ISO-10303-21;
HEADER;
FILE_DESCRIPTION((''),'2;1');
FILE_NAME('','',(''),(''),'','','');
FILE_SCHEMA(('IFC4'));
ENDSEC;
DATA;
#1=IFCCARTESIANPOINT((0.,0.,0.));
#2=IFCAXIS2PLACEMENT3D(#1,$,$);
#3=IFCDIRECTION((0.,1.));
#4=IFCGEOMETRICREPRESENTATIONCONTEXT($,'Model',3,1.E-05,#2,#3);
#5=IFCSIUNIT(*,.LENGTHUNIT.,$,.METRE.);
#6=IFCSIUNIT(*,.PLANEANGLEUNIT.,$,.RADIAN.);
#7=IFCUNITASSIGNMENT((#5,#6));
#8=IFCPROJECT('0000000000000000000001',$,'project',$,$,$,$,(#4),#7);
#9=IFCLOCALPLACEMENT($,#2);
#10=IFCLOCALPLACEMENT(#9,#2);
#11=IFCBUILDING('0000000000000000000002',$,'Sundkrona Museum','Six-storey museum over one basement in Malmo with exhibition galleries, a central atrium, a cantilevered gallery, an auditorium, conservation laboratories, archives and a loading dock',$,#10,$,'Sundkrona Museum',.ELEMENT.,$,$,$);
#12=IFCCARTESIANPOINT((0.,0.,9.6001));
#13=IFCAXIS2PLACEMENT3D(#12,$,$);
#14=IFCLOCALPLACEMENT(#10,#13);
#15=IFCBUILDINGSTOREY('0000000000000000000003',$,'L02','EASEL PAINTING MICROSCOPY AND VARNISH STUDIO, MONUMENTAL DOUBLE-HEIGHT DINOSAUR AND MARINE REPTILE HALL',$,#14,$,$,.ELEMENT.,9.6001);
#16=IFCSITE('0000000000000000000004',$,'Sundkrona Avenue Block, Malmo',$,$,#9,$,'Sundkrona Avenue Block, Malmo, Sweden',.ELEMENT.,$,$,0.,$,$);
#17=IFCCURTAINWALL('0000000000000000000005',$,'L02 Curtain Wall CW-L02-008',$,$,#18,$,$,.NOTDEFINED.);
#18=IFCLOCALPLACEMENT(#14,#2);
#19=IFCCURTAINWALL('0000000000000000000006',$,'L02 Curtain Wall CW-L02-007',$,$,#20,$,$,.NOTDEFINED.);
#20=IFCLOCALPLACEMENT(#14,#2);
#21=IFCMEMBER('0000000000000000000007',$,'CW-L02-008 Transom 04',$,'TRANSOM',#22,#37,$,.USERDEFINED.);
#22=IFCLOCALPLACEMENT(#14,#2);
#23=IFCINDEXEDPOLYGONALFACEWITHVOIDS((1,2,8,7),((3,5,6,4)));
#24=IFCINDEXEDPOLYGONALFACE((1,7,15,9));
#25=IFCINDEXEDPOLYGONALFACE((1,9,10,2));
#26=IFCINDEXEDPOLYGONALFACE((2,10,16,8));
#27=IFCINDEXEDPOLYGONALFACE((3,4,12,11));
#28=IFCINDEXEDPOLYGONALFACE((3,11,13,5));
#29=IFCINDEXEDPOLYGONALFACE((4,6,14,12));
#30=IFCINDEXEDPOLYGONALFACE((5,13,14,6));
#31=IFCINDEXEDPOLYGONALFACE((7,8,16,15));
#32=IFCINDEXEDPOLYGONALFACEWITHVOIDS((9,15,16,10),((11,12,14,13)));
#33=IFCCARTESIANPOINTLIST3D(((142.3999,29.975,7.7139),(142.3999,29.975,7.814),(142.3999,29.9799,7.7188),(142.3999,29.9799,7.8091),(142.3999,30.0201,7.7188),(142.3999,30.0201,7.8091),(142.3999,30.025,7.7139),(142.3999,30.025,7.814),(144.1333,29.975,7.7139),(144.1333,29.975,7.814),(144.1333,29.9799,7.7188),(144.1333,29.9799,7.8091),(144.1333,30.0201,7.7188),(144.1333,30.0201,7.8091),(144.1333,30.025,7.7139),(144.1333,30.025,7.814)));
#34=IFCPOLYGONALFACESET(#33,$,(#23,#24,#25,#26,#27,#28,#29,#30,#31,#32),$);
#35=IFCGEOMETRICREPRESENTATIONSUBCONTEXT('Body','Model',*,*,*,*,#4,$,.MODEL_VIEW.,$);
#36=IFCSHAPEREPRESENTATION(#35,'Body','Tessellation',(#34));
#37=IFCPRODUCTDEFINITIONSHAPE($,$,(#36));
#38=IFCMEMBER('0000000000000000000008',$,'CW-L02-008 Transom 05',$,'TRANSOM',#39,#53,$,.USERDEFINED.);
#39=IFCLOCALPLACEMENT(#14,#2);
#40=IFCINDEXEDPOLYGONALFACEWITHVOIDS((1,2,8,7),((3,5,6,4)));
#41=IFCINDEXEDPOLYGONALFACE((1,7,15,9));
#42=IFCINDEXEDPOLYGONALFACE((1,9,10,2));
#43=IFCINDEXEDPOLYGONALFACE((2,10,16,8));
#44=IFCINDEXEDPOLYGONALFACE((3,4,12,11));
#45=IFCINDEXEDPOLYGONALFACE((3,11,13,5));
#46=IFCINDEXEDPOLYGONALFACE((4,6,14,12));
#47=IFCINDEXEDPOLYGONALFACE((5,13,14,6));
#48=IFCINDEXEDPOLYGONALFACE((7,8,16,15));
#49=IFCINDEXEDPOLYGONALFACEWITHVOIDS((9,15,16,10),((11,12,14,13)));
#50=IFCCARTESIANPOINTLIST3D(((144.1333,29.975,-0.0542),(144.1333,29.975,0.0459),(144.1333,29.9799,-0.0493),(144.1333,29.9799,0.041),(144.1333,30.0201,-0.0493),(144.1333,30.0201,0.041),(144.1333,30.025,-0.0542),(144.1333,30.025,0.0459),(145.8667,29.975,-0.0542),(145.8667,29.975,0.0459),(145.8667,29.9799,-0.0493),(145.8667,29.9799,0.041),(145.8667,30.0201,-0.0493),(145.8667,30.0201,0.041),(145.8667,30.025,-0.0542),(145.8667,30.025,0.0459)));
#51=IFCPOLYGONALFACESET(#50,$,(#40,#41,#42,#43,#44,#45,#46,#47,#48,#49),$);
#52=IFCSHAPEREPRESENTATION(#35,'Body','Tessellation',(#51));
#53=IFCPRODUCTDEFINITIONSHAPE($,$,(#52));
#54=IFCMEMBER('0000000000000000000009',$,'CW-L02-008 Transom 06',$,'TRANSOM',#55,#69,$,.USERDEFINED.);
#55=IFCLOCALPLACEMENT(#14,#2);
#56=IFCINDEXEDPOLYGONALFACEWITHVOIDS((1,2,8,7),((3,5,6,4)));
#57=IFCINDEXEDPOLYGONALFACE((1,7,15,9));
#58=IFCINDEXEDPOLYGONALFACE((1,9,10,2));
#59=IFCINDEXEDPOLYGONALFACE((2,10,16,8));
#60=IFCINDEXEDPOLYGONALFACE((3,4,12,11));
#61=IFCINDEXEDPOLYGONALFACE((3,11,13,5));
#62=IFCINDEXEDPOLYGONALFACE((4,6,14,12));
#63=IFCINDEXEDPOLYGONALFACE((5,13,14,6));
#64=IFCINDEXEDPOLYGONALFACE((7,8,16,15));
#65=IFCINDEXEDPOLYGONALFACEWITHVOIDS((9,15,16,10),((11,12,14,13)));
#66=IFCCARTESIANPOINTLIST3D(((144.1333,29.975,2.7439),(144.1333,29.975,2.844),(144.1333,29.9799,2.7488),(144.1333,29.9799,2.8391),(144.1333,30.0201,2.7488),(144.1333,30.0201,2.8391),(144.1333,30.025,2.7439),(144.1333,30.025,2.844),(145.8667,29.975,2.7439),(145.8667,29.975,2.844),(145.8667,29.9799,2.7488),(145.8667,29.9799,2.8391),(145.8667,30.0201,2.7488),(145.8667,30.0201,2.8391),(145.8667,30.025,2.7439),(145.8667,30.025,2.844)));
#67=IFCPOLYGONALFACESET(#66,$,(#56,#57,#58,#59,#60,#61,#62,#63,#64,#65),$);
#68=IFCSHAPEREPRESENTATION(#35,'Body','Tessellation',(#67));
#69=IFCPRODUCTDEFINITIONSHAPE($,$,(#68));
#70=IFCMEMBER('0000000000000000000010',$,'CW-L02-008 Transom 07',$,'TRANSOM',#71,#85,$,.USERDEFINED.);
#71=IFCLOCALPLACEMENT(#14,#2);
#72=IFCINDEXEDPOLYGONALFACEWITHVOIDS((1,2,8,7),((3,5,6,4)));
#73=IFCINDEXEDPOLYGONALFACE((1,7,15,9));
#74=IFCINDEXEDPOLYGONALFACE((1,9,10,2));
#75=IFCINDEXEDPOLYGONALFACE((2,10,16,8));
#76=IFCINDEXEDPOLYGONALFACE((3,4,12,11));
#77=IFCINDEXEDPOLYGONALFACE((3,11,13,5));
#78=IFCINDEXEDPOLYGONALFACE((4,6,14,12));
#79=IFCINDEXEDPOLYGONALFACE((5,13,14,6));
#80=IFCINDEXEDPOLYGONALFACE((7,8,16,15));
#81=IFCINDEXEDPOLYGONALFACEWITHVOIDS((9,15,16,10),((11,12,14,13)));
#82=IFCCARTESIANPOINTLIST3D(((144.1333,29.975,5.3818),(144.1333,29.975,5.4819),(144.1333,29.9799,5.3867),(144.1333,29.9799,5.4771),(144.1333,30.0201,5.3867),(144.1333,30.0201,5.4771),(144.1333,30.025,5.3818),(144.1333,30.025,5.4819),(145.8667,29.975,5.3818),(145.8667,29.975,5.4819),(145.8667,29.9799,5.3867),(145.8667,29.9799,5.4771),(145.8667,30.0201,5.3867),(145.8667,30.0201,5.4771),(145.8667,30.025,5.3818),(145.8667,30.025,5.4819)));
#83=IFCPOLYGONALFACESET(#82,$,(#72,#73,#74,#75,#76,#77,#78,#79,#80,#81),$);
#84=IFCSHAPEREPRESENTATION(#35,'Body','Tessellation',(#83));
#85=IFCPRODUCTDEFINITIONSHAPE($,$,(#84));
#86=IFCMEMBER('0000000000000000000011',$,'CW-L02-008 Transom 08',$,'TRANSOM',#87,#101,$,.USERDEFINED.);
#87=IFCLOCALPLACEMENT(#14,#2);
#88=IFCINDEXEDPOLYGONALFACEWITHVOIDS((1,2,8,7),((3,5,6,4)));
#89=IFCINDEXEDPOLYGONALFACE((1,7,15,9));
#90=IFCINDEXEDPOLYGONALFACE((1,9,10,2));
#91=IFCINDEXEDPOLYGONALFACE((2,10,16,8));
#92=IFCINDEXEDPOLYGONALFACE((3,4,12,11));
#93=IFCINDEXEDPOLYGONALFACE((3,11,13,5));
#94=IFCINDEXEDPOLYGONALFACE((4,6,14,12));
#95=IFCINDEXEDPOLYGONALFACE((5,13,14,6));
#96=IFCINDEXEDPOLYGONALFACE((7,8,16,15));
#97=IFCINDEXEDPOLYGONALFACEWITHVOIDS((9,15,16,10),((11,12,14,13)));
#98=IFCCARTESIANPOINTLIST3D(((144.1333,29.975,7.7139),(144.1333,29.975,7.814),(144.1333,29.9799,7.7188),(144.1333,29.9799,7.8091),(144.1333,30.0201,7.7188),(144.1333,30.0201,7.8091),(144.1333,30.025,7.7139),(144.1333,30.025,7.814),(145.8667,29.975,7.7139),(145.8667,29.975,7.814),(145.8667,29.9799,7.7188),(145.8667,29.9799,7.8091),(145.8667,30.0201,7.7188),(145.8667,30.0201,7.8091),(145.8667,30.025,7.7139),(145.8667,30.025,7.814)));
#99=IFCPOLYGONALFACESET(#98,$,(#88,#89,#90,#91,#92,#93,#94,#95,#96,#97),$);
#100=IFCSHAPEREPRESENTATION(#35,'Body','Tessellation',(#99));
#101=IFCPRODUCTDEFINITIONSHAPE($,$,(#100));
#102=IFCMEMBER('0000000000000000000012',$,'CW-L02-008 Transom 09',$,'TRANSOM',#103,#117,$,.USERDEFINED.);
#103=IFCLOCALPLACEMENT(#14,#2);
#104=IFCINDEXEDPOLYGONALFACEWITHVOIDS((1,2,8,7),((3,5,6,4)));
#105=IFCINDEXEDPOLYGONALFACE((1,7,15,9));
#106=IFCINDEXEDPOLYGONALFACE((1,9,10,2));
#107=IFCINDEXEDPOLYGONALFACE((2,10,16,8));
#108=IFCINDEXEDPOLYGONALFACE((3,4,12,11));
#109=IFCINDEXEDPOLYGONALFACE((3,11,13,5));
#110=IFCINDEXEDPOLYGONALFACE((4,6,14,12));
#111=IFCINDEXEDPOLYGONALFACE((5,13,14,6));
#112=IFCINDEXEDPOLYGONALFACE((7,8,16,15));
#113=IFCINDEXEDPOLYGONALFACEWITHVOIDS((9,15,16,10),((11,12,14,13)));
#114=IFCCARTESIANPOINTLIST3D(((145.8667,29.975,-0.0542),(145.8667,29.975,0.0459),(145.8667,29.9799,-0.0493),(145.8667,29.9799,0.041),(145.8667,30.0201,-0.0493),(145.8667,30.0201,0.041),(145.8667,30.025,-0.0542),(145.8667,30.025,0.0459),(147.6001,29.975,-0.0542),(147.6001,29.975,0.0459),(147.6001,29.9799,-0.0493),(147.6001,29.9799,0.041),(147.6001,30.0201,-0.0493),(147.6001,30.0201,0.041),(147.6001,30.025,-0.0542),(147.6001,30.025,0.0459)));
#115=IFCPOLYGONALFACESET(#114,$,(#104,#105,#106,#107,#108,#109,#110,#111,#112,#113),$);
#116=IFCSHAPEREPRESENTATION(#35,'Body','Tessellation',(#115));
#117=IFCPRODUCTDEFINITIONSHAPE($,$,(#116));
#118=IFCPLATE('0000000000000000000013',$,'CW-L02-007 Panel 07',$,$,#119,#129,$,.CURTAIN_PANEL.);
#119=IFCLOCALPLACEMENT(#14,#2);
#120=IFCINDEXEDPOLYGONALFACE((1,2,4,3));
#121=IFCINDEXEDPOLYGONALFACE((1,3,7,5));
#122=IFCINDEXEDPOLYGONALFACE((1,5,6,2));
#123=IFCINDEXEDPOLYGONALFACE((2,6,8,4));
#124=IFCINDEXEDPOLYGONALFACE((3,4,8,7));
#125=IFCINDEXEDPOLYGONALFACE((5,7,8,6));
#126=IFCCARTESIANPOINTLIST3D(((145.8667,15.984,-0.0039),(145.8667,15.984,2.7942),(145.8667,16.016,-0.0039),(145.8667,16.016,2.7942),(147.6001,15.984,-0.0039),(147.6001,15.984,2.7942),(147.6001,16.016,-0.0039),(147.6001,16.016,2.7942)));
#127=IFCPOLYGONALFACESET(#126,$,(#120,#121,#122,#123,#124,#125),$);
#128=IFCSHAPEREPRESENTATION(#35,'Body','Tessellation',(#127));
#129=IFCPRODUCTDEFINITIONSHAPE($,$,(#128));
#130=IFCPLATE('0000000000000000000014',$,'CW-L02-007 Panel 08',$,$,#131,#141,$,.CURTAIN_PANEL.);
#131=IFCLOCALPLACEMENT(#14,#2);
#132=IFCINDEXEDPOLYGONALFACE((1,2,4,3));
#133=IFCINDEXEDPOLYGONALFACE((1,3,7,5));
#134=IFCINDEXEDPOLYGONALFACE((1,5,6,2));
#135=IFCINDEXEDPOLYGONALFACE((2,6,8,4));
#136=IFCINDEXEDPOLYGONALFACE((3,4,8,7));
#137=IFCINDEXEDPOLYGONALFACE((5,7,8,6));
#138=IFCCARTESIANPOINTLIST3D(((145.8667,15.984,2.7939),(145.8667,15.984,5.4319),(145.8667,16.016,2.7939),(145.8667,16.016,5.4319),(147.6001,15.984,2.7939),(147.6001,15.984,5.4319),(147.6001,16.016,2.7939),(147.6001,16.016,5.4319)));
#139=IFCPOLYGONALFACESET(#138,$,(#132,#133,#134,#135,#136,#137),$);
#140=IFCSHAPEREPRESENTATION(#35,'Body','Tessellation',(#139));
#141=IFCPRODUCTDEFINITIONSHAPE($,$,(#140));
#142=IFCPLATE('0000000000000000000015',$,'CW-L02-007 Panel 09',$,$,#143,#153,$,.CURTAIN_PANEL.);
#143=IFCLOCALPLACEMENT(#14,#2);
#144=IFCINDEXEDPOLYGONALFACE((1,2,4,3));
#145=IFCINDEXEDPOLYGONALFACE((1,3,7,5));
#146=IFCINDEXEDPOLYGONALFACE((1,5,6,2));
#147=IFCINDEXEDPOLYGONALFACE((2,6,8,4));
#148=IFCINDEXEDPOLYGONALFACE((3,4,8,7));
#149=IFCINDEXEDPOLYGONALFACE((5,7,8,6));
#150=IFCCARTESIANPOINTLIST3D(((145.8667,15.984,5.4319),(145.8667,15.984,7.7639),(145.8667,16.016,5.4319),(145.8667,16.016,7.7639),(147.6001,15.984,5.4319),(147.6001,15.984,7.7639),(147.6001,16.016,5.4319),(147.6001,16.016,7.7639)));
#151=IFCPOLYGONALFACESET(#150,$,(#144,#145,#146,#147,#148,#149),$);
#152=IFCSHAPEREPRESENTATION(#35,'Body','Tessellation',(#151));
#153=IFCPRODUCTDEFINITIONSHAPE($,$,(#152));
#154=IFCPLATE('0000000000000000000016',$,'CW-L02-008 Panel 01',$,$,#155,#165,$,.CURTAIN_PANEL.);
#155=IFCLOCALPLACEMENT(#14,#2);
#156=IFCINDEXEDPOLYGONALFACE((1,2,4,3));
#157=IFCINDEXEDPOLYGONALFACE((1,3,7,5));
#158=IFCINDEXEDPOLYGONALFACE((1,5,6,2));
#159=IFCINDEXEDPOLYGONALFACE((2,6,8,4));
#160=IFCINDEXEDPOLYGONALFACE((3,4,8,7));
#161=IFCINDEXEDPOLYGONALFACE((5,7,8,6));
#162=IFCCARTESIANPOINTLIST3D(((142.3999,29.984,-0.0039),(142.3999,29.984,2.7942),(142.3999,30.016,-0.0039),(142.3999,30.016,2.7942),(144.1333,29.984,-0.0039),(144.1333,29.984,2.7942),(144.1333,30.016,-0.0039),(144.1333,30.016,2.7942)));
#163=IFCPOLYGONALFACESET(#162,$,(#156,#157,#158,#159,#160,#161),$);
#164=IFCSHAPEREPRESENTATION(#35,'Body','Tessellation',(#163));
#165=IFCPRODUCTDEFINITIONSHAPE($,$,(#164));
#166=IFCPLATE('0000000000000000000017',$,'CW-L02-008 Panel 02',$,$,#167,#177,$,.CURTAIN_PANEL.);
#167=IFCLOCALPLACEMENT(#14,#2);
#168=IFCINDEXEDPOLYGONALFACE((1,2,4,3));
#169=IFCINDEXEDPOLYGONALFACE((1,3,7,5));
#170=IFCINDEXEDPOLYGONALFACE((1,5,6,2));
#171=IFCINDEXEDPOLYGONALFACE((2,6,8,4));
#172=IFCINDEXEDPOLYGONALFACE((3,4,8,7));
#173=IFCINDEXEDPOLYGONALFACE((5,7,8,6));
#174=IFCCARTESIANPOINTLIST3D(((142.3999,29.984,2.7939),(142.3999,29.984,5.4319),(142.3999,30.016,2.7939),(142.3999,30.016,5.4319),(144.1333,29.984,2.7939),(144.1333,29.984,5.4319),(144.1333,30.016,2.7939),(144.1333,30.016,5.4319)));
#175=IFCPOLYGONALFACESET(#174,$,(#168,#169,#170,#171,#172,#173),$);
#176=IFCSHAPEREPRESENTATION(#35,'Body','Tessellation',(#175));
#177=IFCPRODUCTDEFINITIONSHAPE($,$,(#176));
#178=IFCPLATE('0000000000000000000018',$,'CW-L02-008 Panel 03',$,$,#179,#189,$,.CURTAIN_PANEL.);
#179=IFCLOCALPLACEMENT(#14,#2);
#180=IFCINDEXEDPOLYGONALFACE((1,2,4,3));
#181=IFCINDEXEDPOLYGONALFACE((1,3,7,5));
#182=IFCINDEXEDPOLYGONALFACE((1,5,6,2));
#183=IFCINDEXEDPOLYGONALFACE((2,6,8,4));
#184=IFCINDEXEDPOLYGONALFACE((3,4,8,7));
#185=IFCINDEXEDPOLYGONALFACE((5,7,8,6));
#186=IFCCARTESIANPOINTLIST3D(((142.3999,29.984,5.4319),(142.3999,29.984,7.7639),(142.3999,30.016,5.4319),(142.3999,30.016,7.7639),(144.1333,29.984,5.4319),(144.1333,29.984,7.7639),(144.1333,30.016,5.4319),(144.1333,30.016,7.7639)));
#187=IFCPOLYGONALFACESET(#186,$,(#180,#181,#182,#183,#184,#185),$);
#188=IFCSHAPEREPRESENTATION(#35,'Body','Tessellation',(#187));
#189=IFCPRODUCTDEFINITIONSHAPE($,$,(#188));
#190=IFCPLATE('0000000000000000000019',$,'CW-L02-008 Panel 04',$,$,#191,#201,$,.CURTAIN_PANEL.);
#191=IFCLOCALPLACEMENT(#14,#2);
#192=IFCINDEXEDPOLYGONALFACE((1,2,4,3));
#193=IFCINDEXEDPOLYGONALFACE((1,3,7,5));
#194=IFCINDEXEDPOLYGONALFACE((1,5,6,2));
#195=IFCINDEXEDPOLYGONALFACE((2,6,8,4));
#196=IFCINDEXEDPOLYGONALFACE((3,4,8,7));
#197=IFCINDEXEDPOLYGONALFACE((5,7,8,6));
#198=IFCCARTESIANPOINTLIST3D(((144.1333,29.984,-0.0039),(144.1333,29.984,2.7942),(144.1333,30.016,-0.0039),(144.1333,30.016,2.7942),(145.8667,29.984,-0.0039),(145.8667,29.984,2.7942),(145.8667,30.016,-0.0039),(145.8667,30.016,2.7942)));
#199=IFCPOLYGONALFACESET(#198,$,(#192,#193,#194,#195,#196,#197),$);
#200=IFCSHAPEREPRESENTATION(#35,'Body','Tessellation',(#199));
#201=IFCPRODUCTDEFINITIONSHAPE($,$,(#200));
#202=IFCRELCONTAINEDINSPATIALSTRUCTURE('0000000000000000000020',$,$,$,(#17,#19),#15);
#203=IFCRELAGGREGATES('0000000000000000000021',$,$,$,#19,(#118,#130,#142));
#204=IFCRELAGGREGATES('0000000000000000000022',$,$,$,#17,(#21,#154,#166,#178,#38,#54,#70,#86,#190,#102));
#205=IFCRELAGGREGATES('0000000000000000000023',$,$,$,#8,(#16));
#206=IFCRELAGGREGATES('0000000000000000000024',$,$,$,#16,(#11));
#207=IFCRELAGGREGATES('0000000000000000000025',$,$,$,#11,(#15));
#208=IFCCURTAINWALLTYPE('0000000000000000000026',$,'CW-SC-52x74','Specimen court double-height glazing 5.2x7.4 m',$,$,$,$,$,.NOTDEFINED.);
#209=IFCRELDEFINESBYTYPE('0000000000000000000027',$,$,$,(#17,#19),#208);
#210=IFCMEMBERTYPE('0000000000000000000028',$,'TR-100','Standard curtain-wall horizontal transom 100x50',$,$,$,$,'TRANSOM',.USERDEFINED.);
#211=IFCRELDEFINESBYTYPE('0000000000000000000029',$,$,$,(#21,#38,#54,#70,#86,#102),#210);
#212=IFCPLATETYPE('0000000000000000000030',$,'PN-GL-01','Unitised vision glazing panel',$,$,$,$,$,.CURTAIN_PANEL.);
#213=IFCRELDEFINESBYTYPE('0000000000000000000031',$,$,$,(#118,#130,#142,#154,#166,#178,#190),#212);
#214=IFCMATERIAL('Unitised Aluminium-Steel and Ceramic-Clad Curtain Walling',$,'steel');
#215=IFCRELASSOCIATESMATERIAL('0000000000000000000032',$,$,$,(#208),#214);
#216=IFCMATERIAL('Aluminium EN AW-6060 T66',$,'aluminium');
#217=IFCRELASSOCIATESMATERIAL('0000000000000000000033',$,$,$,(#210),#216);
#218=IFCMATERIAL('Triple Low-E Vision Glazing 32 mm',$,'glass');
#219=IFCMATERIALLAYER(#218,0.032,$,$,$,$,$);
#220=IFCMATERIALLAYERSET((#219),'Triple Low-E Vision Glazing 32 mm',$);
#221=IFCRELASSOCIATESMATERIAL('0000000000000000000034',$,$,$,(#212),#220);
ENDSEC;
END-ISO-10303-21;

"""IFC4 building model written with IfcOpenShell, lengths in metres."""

from ifc_helpers import new_model, si_unit, direction, frame, origin, origin_2d, place, context, subcontext, project, spatial, rectangle, hollow_rectangle, extrude, material, layer, layer_set, material_profile, profile_set, type_object, element, aggregate, save


model = new_model("IFC4")

# Units and contexts
model_context = context("Model", 3, precision=1e-05, world=origin(), true_north=direction((0.0, 1.0)))
body_context = subcontext(model_context, "Body", "Model", "MODEL_VIEW")
ifc_project = project(units=[si_unit("LENGTHUNIT", "METRE"), si_unit("PLANEANGLEUNIT", "RADIAN")], contexts=[model_context])

# Site, building, storey
site_placement = place(None, origin())
site = spatial("IfcSite", under=ifc_project, at=site_placement, Name="Sundkrona Avenue Block, Malmo", LongName="Sundkrona Avenue Block, Malmo, Sweden", CompositionType="ELEMENT", RefElevation=0.0)
building_placement = place(site_placement, origin())
building = spatial("IfcBuilding", under=site, at=building_placement, Name="Sundkrona Museum", Description="Six-storey museum over one basement in Malmo with exhibition galleries, a central atrium, a cantilevered gallery, an auditorium, conservation laboratories, archives and a loading dock", LongName="Sundkrona Museum", CompositionType="ELEMENT")
storey_placement = place(building_placement, frame((0.0, 0.0, 9.6001)))
storey = spatial("IfcBuildingStorey", under=building, at=storey_placement, Name="L02", Description="EASEL PAINTING MICROSCOPY AND VARNISH STUDIO, MONUMENTAL DOUBLE-HEIGHT DINOSAUR AND MARINE REPTILE HALL", CompositionType="ELEMENT", Elevation=9.6001)

# Curtain walls
ifc_material_1 = material(Name="Unitised Aluminium-Steel and Ceramic-Clad Curtain Walling", Category="steel")
curtain_wall_type = type_object("IfcCurtainWallType", Name="CW-SC-52x74", Description="Specimen court double-height glazing 5.2x7.4 m", PredefinedType="NOTDEFINED", material=ifc_material_1)
curtain_wall_1_placement = place(storey_placement, origin())
curtain_wall_1 = element("IfcCurtainWall", 1, at=curtain_wall_1_placement, inside=storey, type_object=curtain_wall_type, Name="L02 Curtain Wall CW-L02-008", PredefinedType="NOTDEFINED")
ifc_material_2 = material(Name="Aluminium EN AW-6060 T66", Category="aluminium")
curtain_wall_2_placement = place(storey_placement, origin())
curtain_wall_2 = element("IfcCurtainWall", 2, at=curtain_wall_2_placement, inside=storey, type_object=curtain_wall_type, Name="L02 Curtain Wall CW-L02-007", PredefinedType="NOTDEFINED")
ifc_material_profile_1 = material_profile(ifc_material_2, hollow_rectangle(XDim=0.05, YDim=0.1001, WallThickness=0.0049, at=origin_2d()), Name="RHS 100x50x5.0")
ifc_profile_set_1 = profile_set([ifc_material_profile_1], Name="Aluminium EN AW-6060 T66")
member_type_1 = type_object("IfcMemberType", Name="TR-100", Description="Standard curtain-wall horizontal transom 100x50", ElementType="TRANSOM", PredefinedType="USERDEFINED", material=ifc_profile_set_1)

# Members
member_1_placement = place(storey_placement, frame((142.3999, 30.0, 7.7639), z_axis=(1.0, 0.0, 0.0), x_axis=(0.0, 1.0, 0.0)))
member_1 = element("IfcMember", 3, at=member_1_placement, type_object=member_type_1, Name="CW-L02-008 Transom 04", ObjectType="TRANSOM", PredefinedType="USERDEFINED", context=body_context, shape_type="SweptSolid", body=[
    extrude(hollow_rectangle(XDim=0.05, YDim=0.1001, WallThickness=0.0049, at=origin_2d()), origin(), (0.0, 0.0, 1.0), 1.7334),
])
member_2_placement = place(storey_placement, frame((144.1333, 30.0, -0.0042), z_axis=(1.0, 0.0, 0.0), x_axis=(0.0, 1.0, 0.0)))
member_2 = element("IfcMember", 4, at=member_2_placement, type_object=member_type_1, Name="CW-L02-008 Transom 05", ObjectType="TRANSOM", PredefinedType="USERDEFINED", context=body_context, shape_type="SweptSolid", body=[
    extrude(hollow_rectangle(XDim=0.05, YDim=0.1001, WallThickness=0.0049, at=origin_2d()), origin(), (0.0, 0.0, 1.0), 1.7334),
])
member_3_placement = place(storey_placement, frame((144.1333, 30.0, 2.7939), z_axis=(1.0, 0.0, 0.0), x_axis=(0.0, 1.0, 0.0)))
member_3 = element("IfcMember", 5, at=member_3_placement, type_object=member_type_1, Name="CW-L02-008 Transom 06", ObjectType="TRANSOM", PredefinedType="USERDEFINED", context=body_context, shape_type="SweptSolid", body=[
    extrude(hollow_rectangle(XDim=0.05, YDim=0.1001, WallThickness=0.0049, at=origin_2d()), origin(), (0.0, 0.0, 1.0), 1.7334),
])
member_4_placement = place(storey_placement, frame((144.1333, 30.0, 5.4319), z_axis=(1.0, 0.0, 0.0), x_axis=(0.0, 1.0, 0.0)))
member_4 = element("IfcMember", 6, at=member_4_placement, type_object=member_type_1, Name="CW-L02-008 Transom 07", ObjectType="TRANSOM", PredefinedType="USERDEFINED", context=body_context, shape_type="SweptSolid", body=[
    extrude(hollow_rectangle(XDim=0.05, YDim=0.1001, WallThickness=0.0049, at=origin_2d()), origin(), (0.0, 0.0, 1.0), 1.7334),
])
member_5_placement = place(storey_placement, frame((144.1333, 30.0, 7.7639), z_axis=(1.0, 0.0, 0.0), x_axis=(0.0, 1.0, 0.0)))
member_5 = element("IfcMember", 7, at=member_5_placement, type_object=member_type_1, Name="CW-L02-008 Transom 08", ObjectType="TRANSOM", PredefinedType="USERDEFINED", context=body_context, shape_type="SweptSolid", body=[
    extrude(hollow_rectangle(XDim=0.05, YDim=0.1001, WallThickness=0.0049, at=origin_2d()), origin(), (0.0, 0.0, 1.0), 1.7334),
])
member_6_placement = place(storey_placement, frame((145.8667, 30.0, -0.0042), z_axis=(1.0, 0.0, 0.0), x_axis=(0.0, 1.0, 0.0)))
member_6 = element("IfcMember", 8, at=member_6_placement, type_object=member_type_1, Name="CW-L02-008 Transom 09", ObjectType="TRANSOM", PredefinedType="USERDEFINED", context=body_context, shape_type="SweptSolid", body=[
    extrude(hollow_rectangle(XDim=0.05, YDim=0.1001, WallThickness=0.0049, at=origin_2d()), origin(), (0.0, 0.0, 1.0), 1.7334),
])

# Plates
ifc_material_3 = material(Name="Triple Low-E Vision Glazing 32 mm", Category="glass")
ifc_layer = layer(ifc_material_3, 0.032)
ifc_layer_set = layer_set([ifc_layer], Name="Triple Low-E Vision Glazing 32 mm")
plate_type = type_object("IfcPlateType", Name="PN-GL-01", Description="Unitised vision glazing panel", PredefinedType="CURTAIN_PANEL", material=ifc_layer_set)
plate_1_placement = place(storey_placement, frame((146.7334, 16.0, -0.0039), z_axis=(0.0, 0.0, 1.0), x_axis=(1.0, 0.0, 0.0)))
plate_1 = element("IfcPlate", 9, at=plate_1_placement, type_object=plate_type, Name="CW-L02-007 Panel 07", PredefinedType="CURTAIN_PANEL", context=body_context, shape_type="SweptSolid", body=[
    extrude(rectangle(XDim=1.7334, YDim=0.032, at=origin_2d()), origin(), (0.0, 0.0, 1.0), 2.7981),
])
plate_2_placement = place(storey_placement, frame((146.7334, 16.0, 2.7939), z_axis=(0.0, 0.0, 1.0), x_axis=(1.0, 0.0, 0.0)))
plate_2 = element("IfcPlate", 10, at=plate_2_placement, type_object=plate_type, Name="CW-L02-007 Panel 08", PredefinedType="CURTAIN_PANEL", context=body_context, shape_type="SweptSolid", body=[
    extrude(rectangle(XDim=1.7334, YDim=0.032, at=origin_2d()), origin(), (0.0, 0.0, 1.0), 2.6379),
])
plate_3_placement = place(storey_placement, frame((146.7334, 16.0, 5.4319), z_axis=(0.0, 0.0, 1.0), x_axis=(1.0, 0.0, 0.0)))
plate_3 = element("IfcPlate", 11, at=plate_3_placement, type_object=plate_type, Name="CW-L02-007 Panel 09", PredefinedType="CURTAIN_PANEL", context=body_context, shape_type="SweptSolid", body=[
    extrude(rectangle(XDim=1.7334, YDim=0.032, at=origin_2d()), origin(), (0.0, 0.0, 1.0), 2.332),
])
aggregate(curtain_wall_2, [plate_1, plate_2, plate_3])
plate_4_placement = place(storey_placement, frame((143.2666, 30.0, -0.0039), z_axis=(0.0, 0.0, 1.0), x_axis=(1.0, 0.0, 0.0)))
plate_4 = element("IfcPlate", 12, at=plate_4_placement, type_object=plate_type, Name="CW-L02-008 Panel 01", PredefinedType="CURTAIN_PANEL", context=body_context, shape_type="SweptSolid", body=[
    extrude(rectangle(XDim=1.7334, YDim=0.032, at=origin_2d()), origin(), (0.0, 0.0, 1.0), 2.7981),
])
plate_5_placement = place(storey_placement, frame((143.2666, 30.0, 2.7939), z_axis=(0.0, 0.0, 1.0), x_axis=(1.0, 0.0, 0.0)))
plate_5 = element("IfcPlate", 13, at=plate_5_placement, type_object=plate_type, Name="CW-L02-008 Panel 02", PredefinedType="CURTAIN_PANEL", context=body_context, shape_type="SweptSolid", body=[
    extrude(rectangle(XDim=1.7334, YDim=0.032, at=origin_2d()), origin(), (0.0, 0.0, 1.0), 2.6379),
])
plate_6_placement = place(storey_placement, frame((143.2666, 30.0, 5.4319), z_axis=(0.0, 0.0, 1.0), x_axis=(1.0, 0.0, 0.0)))
plate_6 = element("IfcPlate", 14, at=plate_6_placement, type_object=plate_type, Name="CW-L02-008 Panel 03", PredefinedType="CURTAIN_PANEL", context=body_context, shape_type="SweptSolid", body=[
    extrude(rectangle(XDim=1.7334, YDim=0.032, at=origin_2d()), origin(), (0.0, 0.0, 1.0), 2.332),
])
plate_7_placement = place(storey_placement, frame((145.0, 30.0, -0.0039), z_axis=(0.0, 0.0, 1.0), x_axis=(1.0, 0.0, 0.0)))
plate_7 = element("IfcPlate", 15, at=plate_7_placement, type_object=plate_type, Name="CW-L02-008 Panel 04", PredefinedType="CURTAIN_PANEL", context=body_context, shape_type="SweptSolid", body=[
    extrude(rectangle(XDim=1.7334, YDim=0.032, at=origin_2d()), origin(), (0.0, 0.0, 1.0), 2.7981),
])
aggregate(curtain_wall_1, [member_1, plate_4, plate_5, plate_6, member_2, member_3, member_4, member_5, plate_7, member_6])

save(model, "model.ifc")
